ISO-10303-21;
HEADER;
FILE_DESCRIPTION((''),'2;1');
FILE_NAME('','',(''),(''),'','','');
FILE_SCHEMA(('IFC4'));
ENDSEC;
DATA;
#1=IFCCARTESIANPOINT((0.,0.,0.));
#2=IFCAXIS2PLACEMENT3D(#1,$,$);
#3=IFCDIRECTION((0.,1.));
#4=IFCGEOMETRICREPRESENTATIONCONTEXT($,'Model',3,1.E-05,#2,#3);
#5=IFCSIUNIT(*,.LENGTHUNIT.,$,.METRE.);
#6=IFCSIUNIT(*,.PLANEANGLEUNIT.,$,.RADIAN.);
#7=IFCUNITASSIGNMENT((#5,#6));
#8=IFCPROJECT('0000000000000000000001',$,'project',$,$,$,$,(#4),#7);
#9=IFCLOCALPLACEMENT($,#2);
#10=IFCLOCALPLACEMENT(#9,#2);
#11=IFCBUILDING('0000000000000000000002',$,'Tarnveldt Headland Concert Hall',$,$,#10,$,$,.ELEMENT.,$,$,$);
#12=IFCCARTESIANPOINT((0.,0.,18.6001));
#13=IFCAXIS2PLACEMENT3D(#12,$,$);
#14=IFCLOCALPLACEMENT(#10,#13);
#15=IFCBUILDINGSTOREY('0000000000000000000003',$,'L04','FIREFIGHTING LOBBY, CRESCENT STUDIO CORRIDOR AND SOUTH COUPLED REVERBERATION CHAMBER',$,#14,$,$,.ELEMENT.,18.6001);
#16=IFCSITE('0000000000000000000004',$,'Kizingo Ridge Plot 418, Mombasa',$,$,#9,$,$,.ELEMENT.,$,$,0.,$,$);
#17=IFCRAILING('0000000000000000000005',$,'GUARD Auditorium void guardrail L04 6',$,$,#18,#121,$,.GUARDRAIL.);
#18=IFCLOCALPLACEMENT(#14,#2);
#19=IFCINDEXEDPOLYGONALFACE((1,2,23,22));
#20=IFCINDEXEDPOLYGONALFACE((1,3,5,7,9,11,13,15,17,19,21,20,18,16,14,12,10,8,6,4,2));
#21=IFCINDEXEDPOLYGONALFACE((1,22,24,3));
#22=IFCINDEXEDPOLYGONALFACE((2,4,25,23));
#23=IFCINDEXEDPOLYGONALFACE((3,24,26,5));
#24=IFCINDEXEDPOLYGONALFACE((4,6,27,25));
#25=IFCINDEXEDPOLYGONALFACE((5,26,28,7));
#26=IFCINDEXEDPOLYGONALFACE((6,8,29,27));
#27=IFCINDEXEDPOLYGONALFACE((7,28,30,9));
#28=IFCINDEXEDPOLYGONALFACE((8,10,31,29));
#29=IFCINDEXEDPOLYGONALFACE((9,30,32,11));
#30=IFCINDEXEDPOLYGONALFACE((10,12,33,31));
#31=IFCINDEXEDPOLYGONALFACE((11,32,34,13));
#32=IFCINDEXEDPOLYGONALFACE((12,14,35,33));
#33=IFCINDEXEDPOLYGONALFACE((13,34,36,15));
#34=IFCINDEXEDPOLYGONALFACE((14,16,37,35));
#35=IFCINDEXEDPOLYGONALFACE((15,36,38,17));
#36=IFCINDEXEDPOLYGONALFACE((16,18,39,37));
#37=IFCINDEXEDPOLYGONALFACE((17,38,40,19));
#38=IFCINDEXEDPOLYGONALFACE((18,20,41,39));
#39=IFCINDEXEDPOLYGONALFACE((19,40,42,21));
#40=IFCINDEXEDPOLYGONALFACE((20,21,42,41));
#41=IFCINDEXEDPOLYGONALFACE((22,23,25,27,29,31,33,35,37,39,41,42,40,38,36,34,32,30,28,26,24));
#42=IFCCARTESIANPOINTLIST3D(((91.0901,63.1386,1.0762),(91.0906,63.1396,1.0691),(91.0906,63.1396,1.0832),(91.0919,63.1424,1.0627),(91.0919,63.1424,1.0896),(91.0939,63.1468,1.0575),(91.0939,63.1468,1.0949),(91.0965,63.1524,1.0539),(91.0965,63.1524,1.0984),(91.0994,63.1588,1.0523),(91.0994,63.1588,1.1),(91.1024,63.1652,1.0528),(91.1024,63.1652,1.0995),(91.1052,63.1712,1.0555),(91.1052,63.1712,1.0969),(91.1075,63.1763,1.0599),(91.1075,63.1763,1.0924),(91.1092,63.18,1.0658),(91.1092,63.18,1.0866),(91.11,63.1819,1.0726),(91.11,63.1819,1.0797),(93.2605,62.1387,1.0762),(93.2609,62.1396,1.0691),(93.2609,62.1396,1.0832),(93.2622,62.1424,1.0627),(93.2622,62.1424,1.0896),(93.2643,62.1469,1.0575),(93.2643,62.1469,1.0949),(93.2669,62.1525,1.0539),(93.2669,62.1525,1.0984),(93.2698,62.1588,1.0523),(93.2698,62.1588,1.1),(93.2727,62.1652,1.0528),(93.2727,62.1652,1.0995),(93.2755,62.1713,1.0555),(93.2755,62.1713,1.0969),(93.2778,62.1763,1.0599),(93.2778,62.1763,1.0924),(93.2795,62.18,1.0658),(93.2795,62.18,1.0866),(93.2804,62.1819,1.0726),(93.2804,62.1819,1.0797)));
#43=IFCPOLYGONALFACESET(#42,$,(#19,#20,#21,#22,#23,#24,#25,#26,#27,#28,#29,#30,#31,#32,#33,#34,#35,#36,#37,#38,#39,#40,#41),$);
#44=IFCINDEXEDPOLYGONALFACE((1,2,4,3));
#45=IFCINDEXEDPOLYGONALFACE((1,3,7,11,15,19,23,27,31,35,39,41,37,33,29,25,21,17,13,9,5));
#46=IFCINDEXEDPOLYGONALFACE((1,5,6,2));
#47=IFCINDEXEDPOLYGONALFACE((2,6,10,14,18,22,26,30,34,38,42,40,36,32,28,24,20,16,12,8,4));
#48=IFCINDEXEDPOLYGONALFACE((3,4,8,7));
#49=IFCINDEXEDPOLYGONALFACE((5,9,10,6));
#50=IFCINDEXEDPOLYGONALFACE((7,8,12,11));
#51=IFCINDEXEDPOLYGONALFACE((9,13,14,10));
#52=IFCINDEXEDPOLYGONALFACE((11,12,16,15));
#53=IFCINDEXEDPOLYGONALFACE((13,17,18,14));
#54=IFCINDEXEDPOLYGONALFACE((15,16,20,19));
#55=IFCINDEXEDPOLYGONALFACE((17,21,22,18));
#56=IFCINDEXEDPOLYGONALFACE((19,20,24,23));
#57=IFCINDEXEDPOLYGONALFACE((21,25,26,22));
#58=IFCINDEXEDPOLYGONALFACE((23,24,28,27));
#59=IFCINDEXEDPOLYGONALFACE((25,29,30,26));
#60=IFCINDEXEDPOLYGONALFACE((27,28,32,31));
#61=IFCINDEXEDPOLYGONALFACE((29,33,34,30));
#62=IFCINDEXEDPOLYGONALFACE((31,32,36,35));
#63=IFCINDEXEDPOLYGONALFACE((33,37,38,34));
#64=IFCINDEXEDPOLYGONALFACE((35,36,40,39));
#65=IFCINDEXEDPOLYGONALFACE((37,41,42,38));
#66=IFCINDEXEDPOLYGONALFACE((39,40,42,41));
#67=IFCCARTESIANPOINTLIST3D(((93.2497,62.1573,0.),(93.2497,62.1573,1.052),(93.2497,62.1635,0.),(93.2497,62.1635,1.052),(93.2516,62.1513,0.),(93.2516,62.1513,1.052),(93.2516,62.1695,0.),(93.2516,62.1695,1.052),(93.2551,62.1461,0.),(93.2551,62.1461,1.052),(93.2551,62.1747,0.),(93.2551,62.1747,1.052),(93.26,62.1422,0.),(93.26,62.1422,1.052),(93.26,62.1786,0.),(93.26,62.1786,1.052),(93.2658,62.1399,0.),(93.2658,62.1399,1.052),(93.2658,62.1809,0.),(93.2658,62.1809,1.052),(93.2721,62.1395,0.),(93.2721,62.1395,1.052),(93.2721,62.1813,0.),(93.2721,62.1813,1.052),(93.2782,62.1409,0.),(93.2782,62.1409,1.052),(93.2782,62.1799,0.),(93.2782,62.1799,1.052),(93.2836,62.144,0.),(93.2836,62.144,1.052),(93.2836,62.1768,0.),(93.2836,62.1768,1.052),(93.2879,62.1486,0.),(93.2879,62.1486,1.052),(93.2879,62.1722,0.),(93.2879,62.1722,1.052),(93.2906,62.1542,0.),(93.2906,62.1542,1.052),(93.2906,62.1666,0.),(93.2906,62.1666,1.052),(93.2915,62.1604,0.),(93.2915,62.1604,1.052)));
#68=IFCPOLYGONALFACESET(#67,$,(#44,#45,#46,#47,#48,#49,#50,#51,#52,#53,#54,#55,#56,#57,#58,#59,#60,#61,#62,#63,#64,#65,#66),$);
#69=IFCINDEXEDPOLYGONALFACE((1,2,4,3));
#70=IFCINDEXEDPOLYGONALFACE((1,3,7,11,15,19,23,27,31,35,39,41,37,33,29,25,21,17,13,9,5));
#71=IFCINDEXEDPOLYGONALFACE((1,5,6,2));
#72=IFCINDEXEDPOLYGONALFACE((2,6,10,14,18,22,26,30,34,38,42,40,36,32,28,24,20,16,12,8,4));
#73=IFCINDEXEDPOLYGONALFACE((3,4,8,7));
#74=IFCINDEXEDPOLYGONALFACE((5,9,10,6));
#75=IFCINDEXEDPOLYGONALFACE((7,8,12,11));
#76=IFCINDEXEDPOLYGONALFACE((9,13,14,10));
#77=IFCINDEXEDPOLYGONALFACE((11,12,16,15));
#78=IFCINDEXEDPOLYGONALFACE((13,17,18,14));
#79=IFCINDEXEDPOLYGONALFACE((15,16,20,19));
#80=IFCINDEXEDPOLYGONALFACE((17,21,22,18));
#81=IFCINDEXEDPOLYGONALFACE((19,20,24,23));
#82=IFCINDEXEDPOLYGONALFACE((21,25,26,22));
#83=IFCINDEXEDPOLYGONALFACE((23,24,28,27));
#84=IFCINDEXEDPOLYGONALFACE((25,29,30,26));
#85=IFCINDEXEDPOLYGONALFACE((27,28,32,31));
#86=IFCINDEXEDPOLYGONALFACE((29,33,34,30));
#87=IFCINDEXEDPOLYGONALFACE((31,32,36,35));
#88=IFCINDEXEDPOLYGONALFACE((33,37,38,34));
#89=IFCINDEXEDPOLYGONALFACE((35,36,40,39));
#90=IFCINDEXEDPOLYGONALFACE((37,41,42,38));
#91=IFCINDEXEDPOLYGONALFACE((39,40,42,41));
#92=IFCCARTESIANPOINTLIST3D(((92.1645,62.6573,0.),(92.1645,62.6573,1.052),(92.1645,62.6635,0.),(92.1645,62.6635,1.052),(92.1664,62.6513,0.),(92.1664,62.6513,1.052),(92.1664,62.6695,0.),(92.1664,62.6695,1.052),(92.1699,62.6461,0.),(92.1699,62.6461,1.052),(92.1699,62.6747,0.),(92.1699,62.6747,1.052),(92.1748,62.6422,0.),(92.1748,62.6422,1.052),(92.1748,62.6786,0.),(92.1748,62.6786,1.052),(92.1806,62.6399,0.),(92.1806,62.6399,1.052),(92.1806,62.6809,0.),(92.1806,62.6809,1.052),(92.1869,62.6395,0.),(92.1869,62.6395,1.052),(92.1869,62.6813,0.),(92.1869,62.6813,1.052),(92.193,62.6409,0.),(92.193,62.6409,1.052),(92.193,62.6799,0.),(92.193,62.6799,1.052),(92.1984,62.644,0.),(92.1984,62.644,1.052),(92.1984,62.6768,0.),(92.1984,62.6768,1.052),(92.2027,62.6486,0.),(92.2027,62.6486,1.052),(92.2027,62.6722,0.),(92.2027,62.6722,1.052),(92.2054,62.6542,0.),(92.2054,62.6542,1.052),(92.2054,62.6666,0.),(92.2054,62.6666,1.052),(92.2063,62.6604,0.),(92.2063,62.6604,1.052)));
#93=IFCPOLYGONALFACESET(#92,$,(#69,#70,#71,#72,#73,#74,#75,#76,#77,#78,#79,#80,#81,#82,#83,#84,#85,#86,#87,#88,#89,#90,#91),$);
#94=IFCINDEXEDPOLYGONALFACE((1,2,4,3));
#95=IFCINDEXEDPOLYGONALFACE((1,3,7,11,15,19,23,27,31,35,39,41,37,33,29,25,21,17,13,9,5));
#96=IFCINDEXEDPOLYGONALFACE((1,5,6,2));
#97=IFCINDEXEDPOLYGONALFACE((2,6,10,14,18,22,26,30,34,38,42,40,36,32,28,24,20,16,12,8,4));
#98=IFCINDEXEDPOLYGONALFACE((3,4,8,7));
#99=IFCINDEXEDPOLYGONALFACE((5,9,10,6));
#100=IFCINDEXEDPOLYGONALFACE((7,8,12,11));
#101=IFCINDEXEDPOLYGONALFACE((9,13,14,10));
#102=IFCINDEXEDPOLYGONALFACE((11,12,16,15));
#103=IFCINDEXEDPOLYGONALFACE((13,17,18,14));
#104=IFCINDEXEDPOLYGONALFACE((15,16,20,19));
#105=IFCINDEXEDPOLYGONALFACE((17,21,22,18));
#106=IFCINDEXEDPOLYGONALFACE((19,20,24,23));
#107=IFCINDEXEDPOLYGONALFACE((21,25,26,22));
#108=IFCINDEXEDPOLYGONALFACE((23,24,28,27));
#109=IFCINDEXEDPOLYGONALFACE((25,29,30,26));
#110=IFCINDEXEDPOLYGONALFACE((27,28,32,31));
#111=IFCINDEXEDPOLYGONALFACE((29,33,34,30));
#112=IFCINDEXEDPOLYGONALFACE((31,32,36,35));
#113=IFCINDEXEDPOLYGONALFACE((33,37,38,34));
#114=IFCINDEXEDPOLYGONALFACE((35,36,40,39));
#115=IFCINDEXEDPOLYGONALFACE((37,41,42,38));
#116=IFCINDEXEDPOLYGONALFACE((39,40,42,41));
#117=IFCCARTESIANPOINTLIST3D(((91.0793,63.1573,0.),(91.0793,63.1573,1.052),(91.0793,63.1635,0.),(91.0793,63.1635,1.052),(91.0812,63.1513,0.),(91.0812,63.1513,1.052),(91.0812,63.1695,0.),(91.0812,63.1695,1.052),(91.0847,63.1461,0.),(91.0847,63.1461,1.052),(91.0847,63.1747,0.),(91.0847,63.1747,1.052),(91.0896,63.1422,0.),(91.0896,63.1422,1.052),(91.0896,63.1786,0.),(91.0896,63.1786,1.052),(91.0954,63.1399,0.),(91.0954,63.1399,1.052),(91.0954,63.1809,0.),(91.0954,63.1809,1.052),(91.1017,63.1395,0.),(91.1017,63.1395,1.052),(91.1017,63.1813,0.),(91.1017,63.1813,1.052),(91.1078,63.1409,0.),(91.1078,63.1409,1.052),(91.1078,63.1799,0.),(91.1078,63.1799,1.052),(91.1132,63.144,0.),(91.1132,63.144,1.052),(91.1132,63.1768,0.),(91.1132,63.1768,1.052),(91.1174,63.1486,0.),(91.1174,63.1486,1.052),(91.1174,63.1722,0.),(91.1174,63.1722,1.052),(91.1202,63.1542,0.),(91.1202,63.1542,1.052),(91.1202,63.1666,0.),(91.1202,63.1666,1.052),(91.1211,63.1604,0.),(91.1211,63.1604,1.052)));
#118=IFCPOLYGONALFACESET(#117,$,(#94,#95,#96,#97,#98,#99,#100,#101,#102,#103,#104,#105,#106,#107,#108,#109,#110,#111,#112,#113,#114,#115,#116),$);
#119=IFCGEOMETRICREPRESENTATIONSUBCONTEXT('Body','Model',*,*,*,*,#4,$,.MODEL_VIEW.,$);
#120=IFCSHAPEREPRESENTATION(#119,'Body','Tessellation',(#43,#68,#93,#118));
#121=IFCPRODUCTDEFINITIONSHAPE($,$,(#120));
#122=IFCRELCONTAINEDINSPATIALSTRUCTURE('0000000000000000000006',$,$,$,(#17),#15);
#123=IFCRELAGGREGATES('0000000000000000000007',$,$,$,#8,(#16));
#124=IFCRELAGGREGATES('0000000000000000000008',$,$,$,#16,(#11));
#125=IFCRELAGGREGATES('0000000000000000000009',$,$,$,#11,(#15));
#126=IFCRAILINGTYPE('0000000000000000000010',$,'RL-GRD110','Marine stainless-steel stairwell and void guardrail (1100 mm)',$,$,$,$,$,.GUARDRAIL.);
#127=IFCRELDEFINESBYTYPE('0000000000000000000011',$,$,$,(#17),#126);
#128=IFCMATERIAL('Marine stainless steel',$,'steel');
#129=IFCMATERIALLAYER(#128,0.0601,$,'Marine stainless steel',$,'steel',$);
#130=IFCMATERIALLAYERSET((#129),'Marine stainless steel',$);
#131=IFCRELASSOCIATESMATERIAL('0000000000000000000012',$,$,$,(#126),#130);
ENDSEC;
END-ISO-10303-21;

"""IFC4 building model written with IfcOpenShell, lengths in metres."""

from ifc_helpers import new_model, si_unit, direction, frame, origin, origin_2d, place, context, subcontext, project, spatial, circle, extrude, material, layer, layer_set, type_object, element, save


model = new_model("IFC4")

# Units and contexts
model_context = context("Model", 3, precision=1e-05, world=origin(), true_north=direction((0.0, 1.0)))
body_context = subcontext(model_context, "Body", "Model", "MODEL_VIEW")
ifc_project = project(units=[si_unit("LENGTHUNIT", "METRE"), si_unit("PLANEANGLEUNIT", "RADIAN")], contexts=[model_context])

# Site, building, storey
site_placement = place(None, origin())
site = spatial("IfcSite", under=ifc_project, at=site_placement, Name="Kizingo Ridge Plot 418, Mombasa", CompositionType="ELEMENT", RefElevation=0.0)
building_placement = place(site_placement, origin())
building = spatial("IfcBuilding", under=site, at=building_placement, Name="Tarnveldt Headland Concert Hall", CompositionType="ELEMENT")
storey_placement = place(building_placement, frame((0.0, 0.0, 18.6001)))
storey = spatial("IfcBuildingStorey", under=building, at=storey_placement, Name="L04", Description="FIREFIGHTING LOBBY, CRESCENT STUDIO CORRIDOR AND SOUTH COUPLED REVERBERATION CHAMBER", CompositionType="ELEMENT", Elevation=18.6001)

# Railing
ifc_material_1 = material(Name="Marine stainless steel", Category="steel")
ifc_layer_1 = layer(ifc_material_1, 0.0601, Name="Marine stainless steel", Category="steel")
ifc_layer_set_1 = layer_set([ifc_layer_1], Name="Marine stainless steel")
railing_type = type_object("IfcRailingType", Name="RL-GRD110", Description="Marine stainless-steel stairwell and void guardrail (1100 mm)", PredefinedType="GUARDRAIL", material=ifc_layer_set_1)
railing_1_placement = place(storey_placement, frame((93.2705, 62.1604, 0.0)))
element("IfcRailing", 1, at=railing_1_placement, inside=storey, type_object=railing_type, Name="GUARD Auditorium void guardrail L04 6", PredefinedType="GUARDRAIL", context=body_context, shape_type="SweptSolid", body=[
    extrude(circle(Radius=0.0239, at=origin_2d()), frame((0.0, 0.0, 1.0762), z_axis=(-0.908234, 0.418462, 0.0), x_axis=(-0.418462, -0.908234, 0.0)), (0.0, 0.0, 1.0), 2.3896),
    extrude(circle(Radius=0.021, at=origin_2d()), origin(), (0.0, 0.0, 1.0), 1.052),
    extrude(circle(Radius=0.021, at=origin_2d()), frame((-1.0852, 0.5, 0.0)), (0.0, 0.0, 1.0), 1.052),
    extrude(circle(Radius=0.021, at=origin_2d()), frame((-2.1704, 1.0, 0.0)), (0.0, 0.0, 1.0), 1.052),
])

save(model, "model.ifc")
